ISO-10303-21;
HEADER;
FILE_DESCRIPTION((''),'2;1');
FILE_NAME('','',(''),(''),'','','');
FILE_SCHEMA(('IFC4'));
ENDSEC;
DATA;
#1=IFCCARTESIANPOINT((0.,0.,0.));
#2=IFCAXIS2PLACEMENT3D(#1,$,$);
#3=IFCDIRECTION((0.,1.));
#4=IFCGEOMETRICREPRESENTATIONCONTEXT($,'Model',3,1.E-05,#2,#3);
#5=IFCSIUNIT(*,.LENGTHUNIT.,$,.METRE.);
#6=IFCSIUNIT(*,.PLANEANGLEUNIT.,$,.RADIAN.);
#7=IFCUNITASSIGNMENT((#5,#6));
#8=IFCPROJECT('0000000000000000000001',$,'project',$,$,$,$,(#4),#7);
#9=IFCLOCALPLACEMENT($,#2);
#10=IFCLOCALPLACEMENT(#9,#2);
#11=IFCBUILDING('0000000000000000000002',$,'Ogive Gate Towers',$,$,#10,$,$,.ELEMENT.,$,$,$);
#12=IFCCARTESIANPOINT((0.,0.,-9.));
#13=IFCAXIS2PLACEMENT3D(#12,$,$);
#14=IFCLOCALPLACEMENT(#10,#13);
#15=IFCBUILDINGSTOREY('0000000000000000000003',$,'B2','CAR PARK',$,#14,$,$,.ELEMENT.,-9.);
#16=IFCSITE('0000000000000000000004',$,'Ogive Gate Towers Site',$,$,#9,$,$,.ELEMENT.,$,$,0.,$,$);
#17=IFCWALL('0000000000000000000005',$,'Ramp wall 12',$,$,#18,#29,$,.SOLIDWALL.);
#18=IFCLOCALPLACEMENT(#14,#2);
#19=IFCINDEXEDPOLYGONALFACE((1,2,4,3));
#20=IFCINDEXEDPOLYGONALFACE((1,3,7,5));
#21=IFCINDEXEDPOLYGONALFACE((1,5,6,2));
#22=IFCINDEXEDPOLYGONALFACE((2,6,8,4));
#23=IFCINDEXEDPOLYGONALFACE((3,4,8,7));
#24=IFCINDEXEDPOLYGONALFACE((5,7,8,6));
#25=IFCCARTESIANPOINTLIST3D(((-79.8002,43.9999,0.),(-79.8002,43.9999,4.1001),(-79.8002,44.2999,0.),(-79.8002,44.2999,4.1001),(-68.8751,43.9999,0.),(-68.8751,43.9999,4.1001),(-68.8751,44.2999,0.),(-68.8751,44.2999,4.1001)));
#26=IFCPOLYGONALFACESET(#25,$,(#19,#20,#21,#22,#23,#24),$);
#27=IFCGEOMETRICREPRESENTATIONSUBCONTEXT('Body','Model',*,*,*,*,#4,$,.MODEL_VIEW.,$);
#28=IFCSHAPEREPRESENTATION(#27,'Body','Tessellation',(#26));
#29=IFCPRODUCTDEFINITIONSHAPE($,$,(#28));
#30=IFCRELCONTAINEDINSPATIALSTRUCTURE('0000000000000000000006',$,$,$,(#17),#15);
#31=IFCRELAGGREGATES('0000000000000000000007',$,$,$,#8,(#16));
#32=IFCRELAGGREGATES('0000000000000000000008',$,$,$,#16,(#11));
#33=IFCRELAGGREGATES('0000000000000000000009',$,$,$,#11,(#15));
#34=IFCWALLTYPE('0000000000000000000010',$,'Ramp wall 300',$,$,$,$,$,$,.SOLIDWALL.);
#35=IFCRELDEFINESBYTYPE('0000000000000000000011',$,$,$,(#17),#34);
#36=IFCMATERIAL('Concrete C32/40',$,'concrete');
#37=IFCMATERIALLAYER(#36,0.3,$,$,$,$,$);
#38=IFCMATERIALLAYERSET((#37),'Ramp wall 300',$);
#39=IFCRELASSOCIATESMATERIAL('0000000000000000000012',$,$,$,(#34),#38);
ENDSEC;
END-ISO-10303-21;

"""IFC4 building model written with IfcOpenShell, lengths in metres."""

from ifc_helpers import new_model, si_unit, direction, frame, frame_2d, origin, place, context, subcontext, project, spatial, rectangle, extrude, material, layer, layer_set, type_object, element, save


model = new_model("IFC4")

# Units and contexts
model_context = context("Model", 3, precision=1e-05, world=origin(), true_north=direction((0.0, 1.0)))
body_context = subcontext(model_context, "Body", "Model", "MODEL_VIEW")
ifc_project = project(units=[si_unit("LENGTHUNIT", "METRE"), si_unit("PLANEANGLEUNIT", "RADIAN")], contexts=[model_context])

# Site, building, storey
site_placement = place(None, origin())
site = spatial("IfcSite", under=ifc_project, at=site_placement, Name="Ogive Gate Towers Site", CompositionType="ELEMENT", RefElevation=0.0)
building_placement = place(site_placement, origin())
building = spatial("IfcBuilding", under=site, at=building_placement, Name="Ogive Gate Towers", CompositionType="ELEMENT")
storey_placement = place(building_placement, frame((0.0, 0.0, -9.0)))
storey = spatial("IfcBuildingStorey", under=building, at=storey_placement, Name="B2", Description="CAR PARK", CompositionType="ELEMENT", Elevation=-9.0)

# Shared definitions
ifc_material_1 = material(Name="Concrete C32/40", Category="concrete")

# Wall
ifc_layer_1 = layer(ifc_material_1, 0.3)
ifc_layer_set_1 = layer_set([ifc_layer_1], Name="Ramp wall 300")
wall_type = type_object("IfcWallType", Name="Ramp wall 300", PredefinedType="SOLIDWALL", material=ifc_layer_set_1)
for number, where, z_axis, x_axis, name in (
    (1, (-79.8, 44.1499, 0.0), (0.0, 0.0, 1.0), (1.0, 0.0, 0.0), "Ramp wall 12"),
):
    element("IfcWall", number, at=place(storey_placement, frame(where, z_axis=z_axis, x_axis=x_axis)), inside=storey, type_object=wall_type, Name=name, PredefinedType="SOLIDWALL", context=body_context, shape_type="SweptSolid", body=[
        extrude(rectangle(XDim=10.925, YDim=0.3, at=frame_2d((5.4624, 0.0))), origin(), (0.0, 0.0, 1.0), 4.1001),
    ])

save(model, "model.ifc")
